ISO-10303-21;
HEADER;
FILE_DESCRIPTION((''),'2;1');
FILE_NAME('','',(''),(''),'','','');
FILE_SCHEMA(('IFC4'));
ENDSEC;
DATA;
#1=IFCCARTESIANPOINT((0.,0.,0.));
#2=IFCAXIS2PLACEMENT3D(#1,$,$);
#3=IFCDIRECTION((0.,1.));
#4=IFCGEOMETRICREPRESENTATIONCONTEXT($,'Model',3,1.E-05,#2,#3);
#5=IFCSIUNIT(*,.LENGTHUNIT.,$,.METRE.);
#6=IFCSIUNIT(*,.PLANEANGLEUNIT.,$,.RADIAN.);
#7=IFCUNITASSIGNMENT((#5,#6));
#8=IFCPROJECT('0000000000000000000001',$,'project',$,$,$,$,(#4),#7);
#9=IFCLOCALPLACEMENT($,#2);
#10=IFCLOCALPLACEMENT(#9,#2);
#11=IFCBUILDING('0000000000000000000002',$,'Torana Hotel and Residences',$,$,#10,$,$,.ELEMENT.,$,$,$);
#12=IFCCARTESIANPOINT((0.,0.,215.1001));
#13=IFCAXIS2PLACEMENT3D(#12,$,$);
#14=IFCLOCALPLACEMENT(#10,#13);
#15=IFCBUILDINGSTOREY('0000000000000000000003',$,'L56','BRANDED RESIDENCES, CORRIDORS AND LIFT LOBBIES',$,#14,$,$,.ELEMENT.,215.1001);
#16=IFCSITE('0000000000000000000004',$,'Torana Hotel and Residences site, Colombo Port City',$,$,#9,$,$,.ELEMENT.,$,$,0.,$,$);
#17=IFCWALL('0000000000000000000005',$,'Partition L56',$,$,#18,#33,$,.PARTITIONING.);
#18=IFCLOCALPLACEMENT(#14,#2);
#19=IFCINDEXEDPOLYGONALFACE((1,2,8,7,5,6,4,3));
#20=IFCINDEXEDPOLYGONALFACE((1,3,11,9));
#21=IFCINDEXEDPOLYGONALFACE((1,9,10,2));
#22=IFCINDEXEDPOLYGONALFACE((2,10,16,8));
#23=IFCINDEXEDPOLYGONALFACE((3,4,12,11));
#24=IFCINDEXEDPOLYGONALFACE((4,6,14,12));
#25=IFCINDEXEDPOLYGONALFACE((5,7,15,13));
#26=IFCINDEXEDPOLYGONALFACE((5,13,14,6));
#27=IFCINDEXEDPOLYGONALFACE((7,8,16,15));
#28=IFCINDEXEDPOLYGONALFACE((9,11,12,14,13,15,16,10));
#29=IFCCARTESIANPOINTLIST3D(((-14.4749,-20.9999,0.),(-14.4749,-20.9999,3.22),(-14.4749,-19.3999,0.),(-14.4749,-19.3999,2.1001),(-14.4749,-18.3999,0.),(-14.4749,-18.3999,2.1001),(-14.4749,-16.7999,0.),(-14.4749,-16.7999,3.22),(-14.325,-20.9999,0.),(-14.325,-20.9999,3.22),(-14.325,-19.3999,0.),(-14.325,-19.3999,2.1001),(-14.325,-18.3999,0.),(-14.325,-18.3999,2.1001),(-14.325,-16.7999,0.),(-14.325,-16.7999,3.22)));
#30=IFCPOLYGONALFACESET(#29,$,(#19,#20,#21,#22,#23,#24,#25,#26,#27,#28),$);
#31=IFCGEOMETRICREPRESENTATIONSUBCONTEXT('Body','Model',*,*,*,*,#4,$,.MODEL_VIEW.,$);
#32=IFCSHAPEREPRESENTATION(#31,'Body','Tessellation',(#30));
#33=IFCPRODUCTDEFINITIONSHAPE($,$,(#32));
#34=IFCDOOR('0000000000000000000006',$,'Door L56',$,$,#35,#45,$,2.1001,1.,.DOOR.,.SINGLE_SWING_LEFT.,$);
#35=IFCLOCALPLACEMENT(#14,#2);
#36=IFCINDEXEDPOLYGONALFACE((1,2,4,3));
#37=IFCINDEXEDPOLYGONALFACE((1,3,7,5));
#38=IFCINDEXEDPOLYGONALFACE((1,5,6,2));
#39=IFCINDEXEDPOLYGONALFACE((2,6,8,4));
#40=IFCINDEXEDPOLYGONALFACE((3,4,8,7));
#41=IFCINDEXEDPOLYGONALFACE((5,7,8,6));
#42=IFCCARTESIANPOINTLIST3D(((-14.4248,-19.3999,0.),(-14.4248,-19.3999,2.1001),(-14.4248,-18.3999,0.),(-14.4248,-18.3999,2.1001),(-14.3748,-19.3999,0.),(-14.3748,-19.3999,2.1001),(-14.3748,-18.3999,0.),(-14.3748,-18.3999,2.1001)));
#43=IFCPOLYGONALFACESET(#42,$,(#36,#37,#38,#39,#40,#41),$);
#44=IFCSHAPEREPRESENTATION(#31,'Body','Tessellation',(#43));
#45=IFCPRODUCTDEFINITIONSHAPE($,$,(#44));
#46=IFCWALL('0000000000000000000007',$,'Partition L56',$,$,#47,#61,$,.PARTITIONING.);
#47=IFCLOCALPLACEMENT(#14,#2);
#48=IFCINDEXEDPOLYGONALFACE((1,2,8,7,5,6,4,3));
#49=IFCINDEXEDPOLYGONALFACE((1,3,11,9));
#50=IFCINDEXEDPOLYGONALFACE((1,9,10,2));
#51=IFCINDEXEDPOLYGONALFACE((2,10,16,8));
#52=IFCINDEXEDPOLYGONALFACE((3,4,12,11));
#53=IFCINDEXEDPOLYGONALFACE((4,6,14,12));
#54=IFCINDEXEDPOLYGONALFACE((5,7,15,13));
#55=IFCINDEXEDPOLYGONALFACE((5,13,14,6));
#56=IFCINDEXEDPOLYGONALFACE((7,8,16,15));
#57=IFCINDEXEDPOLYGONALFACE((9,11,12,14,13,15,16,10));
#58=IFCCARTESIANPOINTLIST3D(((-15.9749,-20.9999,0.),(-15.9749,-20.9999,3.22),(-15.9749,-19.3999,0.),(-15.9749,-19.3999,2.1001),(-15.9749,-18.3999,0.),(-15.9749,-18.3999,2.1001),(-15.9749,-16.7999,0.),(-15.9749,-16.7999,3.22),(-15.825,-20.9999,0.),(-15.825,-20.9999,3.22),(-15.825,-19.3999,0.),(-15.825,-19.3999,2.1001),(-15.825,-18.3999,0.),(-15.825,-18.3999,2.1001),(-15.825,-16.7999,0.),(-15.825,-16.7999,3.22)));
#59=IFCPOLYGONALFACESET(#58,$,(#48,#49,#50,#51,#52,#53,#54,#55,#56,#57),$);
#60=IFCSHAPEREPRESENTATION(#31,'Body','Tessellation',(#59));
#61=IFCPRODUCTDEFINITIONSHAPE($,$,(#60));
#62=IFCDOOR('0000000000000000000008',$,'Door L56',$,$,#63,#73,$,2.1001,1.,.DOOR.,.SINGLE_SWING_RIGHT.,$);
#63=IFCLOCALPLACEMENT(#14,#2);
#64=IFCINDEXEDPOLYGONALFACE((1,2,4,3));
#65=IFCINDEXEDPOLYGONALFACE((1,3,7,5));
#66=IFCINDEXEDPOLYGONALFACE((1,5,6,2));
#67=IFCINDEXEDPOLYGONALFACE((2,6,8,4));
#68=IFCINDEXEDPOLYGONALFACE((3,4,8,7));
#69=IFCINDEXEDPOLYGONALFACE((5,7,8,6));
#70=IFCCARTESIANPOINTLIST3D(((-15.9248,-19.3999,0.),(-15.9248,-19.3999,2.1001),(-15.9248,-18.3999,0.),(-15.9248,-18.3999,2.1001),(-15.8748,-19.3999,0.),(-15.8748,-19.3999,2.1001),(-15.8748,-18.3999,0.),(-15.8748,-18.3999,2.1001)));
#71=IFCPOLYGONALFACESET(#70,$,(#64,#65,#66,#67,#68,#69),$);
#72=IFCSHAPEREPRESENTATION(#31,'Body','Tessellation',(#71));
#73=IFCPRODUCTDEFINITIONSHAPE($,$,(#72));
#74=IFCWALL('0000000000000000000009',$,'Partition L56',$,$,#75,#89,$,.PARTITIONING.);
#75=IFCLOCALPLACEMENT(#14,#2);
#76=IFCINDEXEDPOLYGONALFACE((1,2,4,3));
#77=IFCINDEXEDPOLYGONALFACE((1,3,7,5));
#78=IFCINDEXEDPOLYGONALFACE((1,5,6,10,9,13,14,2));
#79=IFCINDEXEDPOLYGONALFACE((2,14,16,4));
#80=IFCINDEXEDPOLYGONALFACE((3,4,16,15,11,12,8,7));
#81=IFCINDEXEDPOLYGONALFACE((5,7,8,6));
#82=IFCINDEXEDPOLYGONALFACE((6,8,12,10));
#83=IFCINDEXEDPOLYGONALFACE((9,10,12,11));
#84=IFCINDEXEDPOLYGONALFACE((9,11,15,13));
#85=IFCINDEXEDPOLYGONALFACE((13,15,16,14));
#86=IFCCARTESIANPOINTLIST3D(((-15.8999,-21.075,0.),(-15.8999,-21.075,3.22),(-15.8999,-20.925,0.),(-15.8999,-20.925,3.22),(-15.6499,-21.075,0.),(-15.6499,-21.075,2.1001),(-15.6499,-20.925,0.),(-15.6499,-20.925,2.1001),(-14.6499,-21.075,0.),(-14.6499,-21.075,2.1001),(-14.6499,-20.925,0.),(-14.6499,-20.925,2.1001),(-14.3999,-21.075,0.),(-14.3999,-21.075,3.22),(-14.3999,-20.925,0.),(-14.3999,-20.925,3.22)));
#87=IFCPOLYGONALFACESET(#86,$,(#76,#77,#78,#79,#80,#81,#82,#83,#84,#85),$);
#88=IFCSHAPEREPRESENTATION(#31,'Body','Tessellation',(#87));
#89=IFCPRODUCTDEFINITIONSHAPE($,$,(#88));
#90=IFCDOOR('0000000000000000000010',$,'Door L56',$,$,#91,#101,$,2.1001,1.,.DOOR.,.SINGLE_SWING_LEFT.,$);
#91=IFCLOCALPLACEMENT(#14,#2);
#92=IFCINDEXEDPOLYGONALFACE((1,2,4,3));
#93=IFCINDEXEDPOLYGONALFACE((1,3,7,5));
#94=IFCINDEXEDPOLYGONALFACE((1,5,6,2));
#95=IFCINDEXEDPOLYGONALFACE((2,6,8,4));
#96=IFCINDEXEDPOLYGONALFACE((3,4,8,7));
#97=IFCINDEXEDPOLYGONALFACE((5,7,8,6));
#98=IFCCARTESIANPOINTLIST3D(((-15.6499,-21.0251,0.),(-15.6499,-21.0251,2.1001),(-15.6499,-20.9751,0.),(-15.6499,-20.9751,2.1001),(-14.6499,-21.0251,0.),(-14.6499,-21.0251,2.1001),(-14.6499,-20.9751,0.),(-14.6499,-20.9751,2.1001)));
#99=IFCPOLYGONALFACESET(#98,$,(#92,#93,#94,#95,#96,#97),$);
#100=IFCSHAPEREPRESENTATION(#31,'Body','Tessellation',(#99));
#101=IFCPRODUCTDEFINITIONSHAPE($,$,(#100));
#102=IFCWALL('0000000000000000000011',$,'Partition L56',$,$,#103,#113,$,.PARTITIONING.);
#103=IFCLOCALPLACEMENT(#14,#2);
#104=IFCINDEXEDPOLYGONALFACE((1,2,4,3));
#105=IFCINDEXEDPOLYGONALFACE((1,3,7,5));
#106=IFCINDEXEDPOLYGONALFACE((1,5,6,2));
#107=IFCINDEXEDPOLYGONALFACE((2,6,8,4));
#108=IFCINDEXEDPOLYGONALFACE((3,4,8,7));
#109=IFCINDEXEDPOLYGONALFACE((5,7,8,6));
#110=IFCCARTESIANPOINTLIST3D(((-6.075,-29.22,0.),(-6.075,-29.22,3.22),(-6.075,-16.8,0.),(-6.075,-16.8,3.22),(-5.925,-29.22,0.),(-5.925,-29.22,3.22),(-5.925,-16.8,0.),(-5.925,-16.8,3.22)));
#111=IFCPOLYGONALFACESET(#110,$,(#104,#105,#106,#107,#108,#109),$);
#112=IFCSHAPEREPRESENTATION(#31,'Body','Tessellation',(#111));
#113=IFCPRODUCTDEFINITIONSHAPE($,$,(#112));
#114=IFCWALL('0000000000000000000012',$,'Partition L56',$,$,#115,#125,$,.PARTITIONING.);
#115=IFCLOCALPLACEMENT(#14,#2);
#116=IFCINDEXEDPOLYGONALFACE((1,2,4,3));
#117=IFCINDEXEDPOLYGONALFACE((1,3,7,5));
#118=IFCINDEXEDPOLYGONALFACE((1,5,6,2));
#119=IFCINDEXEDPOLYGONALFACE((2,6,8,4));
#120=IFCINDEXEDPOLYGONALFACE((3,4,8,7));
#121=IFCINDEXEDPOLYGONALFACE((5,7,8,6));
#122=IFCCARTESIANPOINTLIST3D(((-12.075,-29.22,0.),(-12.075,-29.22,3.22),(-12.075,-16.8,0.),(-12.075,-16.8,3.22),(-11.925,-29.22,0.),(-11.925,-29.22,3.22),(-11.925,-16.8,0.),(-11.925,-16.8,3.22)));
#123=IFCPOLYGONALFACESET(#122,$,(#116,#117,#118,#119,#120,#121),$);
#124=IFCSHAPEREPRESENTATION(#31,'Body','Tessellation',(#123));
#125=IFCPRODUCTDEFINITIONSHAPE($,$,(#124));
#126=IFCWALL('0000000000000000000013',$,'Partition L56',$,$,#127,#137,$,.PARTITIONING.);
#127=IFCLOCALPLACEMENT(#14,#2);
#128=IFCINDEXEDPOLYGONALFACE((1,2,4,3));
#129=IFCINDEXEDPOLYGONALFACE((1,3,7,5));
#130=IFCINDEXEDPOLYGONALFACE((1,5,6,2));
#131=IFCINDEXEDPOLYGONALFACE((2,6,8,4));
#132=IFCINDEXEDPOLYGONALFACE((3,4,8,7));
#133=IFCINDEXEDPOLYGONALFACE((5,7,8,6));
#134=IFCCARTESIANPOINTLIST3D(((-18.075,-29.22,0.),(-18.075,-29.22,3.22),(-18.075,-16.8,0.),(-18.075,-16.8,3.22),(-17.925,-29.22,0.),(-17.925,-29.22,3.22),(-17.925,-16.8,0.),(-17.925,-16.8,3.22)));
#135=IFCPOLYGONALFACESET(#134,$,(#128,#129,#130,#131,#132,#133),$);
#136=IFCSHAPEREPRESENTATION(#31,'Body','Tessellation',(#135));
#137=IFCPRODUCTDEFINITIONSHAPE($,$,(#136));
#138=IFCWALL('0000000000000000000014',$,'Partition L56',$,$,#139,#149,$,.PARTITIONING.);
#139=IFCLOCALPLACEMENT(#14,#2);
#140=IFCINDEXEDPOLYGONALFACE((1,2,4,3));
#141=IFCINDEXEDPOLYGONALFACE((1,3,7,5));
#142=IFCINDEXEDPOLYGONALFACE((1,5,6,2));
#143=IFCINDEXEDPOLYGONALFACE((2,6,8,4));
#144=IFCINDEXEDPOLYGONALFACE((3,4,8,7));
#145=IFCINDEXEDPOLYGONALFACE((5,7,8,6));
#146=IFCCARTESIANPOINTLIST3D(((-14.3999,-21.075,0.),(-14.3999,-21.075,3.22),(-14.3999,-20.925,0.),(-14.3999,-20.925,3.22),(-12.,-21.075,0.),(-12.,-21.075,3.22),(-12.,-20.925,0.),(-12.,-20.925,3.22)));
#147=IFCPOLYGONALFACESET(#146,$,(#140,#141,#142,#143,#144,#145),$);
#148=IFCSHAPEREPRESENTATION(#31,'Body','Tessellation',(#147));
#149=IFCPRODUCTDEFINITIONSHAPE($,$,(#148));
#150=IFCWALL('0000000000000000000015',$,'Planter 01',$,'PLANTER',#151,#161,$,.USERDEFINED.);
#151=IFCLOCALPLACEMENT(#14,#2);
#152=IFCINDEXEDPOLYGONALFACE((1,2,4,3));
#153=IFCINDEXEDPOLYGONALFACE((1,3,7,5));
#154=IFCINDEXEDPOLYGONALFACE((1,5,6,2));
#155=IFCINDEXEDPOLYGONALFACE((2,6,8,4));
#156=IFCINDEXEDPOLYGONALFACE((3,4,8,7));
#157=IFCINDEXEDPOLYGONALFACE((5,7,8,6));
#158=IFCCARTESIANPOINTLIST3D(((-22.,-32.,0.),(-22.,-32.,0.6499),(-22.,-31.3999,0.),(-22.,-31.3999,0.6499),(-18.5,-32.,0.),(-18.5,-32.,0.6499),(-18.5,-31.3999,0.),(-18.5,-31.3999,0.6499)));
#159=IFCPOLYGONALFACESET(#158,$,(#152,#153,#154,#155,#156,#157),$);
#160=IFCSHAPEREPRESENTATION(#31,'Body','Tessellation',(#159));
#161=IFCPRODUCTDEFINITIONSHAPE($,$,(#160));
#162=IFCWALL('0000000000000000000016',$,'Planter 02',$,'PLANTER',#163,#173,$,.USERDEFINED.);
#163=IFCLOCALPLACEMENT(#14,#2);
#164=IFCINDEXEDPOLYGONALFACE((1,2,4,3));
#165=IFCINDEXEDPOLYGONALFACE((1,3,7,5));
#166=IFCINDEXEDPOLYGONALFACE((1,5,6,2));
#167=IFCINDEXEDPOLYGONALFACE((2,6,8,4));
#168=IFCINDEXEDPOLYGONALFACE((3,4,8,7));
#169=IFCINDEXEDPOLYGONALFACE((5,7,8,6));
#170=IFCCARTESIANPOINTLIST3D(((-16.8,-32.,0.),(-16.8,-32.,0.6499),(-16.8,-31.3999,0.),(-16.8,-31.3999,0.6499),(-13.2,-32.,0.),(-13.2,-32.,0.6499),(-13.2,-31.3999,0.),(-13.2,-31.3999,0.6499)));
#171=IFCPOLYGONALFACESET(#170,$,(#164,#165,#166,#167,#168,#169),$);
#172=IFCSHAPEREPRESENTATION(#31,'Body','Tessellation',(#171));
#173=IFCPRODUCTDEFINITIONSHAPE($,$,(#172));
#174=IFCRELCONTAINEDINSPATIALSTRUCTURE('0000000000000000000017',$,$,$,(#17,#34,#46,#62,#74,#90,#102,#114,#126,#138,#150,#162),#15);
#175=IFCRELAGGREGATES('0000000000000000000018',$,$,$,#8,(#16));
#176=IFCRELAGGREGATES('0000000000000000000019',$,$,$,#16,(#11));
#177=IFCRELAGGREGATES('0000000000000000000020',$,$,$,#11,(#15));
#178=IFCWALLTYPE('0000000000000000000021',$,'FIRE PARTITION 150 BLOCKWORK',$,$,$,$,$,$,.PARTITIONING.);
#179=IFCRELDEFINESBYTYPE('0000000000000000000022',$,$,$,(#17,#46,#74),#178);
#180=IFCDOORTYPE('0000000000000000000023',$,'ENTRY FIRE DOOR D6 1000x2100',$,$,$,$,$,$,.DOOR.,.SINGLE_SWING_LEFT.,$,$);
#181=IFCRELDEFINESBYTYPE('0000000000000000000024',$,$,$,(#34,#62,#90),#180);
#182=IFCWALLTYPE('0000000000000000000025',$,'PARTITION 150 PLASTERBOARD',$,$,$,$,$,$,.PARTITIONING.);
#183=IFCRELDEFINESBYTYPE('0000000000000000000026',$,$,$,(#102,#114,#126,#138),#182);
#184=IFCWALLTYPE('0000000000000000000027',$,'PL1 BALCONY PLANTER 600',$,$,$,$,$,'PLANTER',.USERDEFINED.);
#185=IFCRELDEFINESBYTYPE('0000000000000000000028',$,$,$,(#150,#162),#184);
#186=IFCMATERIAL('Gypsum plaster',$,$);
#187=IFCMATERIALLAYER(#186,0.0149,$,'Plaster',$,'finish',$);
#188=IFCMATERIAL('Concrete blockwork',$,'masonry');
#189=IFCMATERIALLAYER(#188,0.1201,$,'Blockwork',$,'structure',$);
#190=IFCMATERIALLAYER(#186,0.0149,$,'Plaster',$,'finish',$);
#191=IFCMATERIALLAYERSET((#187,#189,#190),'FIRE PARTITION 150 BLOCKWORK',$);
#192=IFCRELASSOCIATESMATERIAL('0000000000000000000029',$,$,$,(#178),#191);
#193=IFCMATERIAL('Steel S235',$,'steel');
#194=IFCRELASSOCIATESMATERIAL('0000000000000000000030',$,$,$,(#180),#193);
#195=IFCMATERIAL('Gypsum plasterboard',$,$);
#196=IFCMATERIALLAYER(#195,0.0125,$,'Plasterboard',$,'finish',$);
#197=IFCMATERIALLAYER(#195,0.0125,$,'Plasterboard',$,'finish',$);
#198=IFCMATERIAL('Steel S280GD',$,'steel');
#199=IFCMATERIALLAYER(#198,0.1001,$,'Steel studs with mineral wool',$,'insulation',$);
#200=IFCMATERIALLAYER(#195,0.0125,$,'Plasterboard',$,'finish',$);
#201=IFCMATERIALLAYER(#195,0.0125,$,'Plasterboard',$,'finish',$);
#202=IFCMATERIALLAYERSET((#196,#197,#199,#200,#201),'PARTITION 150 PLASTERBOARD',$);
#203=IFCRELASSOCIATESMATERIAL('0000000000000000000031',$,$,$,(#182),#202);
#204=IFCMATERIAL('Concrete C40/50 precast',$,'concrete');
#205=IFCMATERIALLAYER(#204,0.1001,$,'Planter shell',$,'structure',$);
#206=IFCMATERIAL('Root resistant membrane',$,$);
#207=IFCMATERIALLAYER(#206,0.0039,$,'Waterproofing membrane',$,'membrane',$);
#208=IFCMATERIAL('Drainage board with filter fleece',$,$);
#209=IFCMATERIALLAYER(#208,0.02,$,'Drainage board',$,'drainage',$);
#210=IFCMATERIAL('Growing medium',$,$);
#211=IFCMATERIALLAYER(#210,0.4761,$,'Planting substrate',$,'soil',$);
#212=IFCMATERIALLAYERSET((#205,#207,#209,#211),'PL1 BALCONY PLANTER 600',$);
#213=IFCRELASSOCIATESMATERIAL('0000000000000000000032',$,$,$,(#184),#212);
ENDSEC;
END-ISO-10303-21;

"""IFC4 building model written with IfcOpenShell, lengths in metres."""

from ifc_helpers import new_model, si_unit, direction, frame, frame_2d, origin, place, context, subcontext, project, spatial, rectangle, extrude, material, layer, layer_set, type_object, element, fill, save


model = new_model("IFC4")

# Units and contexts
model_context = context("Model", 3, precision=1e-05, world=origin(), true_north=direction((0.0, 1.0)))
body_context = subcontext(model_context, "Body", "Model", "MODEL_VIEW")
ifc_project = project(units=[si_unit("LENGTHUNIT", "METRE"), si_unit("PLANEANGLEUNIT", "RADIAN")], contexts=[model_context])

# Site, building, storey
site_placement = place(None, origin())
site = spatial("IfcSite", under=ifc_project, at=site_placement, Name="Torana Hotel and Residences site, Colombo Port City", CompositionType="ELEMENT", RefElevation=0.0)
building_placement = place(site_placement, origin())
building = spatial("IfcBuilding", under=site, at=building_placement, Name="Torana Hotel and Residences", CompositionType="ELEMENT")
storey_placement = place(building_placement, frame((0.0, 0.0, 215.1001)))
storey = spatial("IfcBuildingStorey", under=building, at=storey_placement, Name="L56", Description="BRANDED RESIDENCES, CORRIDORS AND LIFT LOBBIES", CompositionType="ELEMENT", Elevation=215.1001)

# Walls, openings, doors
ifc_material_1 = material(Name="Gypsum plaster")
ifc_layer_1 = layer(ifc_material_1, 0.0149, Name="Plaster", Category="finish")
ifc_material_2 = material(Name="Concrete blockwork", Category="masonry")
ifc_layer_2 = layer(ifc_material_2, 0.1201, Name="Blockwork", Category="structure")
ifc_layer_3 = layer(ifc_material_1, 0.0149, Name="Plaster", Category="finish")
ifc_layer_set_1 = layer_set([ifc_layer_1, ifc_layer_2, ifc_layer_3], Name="FIRE PARTITION 150 BLOCKWORK")
wall_type_1 = type_object("IfcWallType", Name="FIRE PARTITION 150 BLOCKWORK", PredefinedType="PARTITIONING", material=ifc_layer_set_1)
ifc_material_3 = material(Name="Steel S235", Category="steel")
door_type = type_object("IfcDoorType", Name="ENTRY FIRE DOOR D6 1000x2100", OperationType="SINGLE_SWING_LEFT", PredefinedType="DOOR", material=ifc_material_3)
wall_1_placement = place(storey_placement, frame((-14.3999, -21.0, 0.0), z_axis=(0.0, 0.0, 1.0), x_axis=(0.0, 1.0, 0.0)))
wall_1 = element("IfcWall", 1, at=wall_1_placement, inside=storey, type_object=wall_type_1, Name="Partition L56", PredefinedType="PARTITIONING", context=body_context, shape_type="SweptSolid", body=[
    extrude(rectangle(XDim=4.2, YDim=0.1499, at=frame_2d((2.1001, 0.0))), origin(), (0.0, 0.0, 1.0), 3.22),
])
opening_1_placement = place(wall_1_placement, frame((1.6001, 0.0, 0.0)))
opening_1 = element("IfcOpeningElement", 2, at=opening_1_placement, cuts=wall_1, PredefinedType="OPENING", context=body_context, shape_type="SweptSolid", body=[
    extrude(rectangle(XDim=1.0, YDim=2.1001, at=frame_2d((0.5, 1.05))), frame((0.0, 0.085, 0.0), z_axis=(0.0, -1.0, 0.0), x_axis=(1.0, 0.0, 0.0)), (0.0, 0.0, 1.0), 0.1699),
])
door_1_placement = place(opening_1_placement, frame((0.5, 0.0, 0.0), z_axis=(0.0, 0.0, 1.0), x_axis=(-1.0, 0.0, 0.0)))
door_1 = element("IfcDoor", 3, at=door_1_placement, inside=storey, type_object=door_type, Name="Door L56", OperationType="SINGLE_SWING_LEFT", OverallHeight=2.1001, OverallWidth=1.0, PredefinedType="DOOR", context=body_context, shape_type="SweptSolid", body=[
    extrude(rectangle(XDim=1.0, YDim=2.1001, at=frame_2d((0.0, 1.05))), frame((0.0, -0.0249, 0.0), z_axis=(0.0, 1.0, 0.0), x_axis=(-1.0, 0.0, 0.0)), (0.0, 0.0, 1.0), 0.05),
])
fill(opening_1, door_1)
wall_2_placement = place(storey_placement, frame((-15.8999, -21.0, 0.0), z_axis=(0.0, 0.0, 1.0), x_axis=(0.0, 1.0, 0.0)))
wall_2 = element("IfcWall", 4, at=wall_2_placement, inside=storey, type_object=wall_type_1, Name="Partition L56", PredefinedType="PARTITIONING", context=body_context, shape_type="SweptSolid", body=[
    extrude(rectangle(XDim=4.2, YDim=0.1499, at=frame_2d((2.1001, 0.0))), origin(), (0.0, 0.0, 1.0), 3.22),
])
opening_2_placement = place(wall_2_placement, frame((1.6001, 0.0, 0.0)))
opening_2 = element("IfcOpeningElement", 5, at=opening_2_placement, cuts=wall_2, PredefinedType="OPENING", context=body_context, shape_type="SweptSolid", body=[
    extrude(rectangle(XDim=1.0, YDim=2.1001, at=frame_2d((0.5, 1.05))), frame((0.0, 0.085, 0.0), z_axis=(0.0, -1.0, 0.0), x_axis=(1.0, 0.0, 0.0)), (0.0, 0.0, 1.0), 0.1699),
])
door_2_placement = place(opening_2_placement, origin())
door_2 = element("IfcDoor", 6, at=door_2_placement, inside=storey, type_object=door_type, Name="Door L56", OperationType="SINGLE_SWING_RIGHT", OverallHeight=2.1001, OverallWidth=1.0, PredefinedType="DOOR", context=body_context, shape_type="SweptSolid", body=[
    extrude(rectangle(XDim=1.0, YDim=2.1001, at=frame_2d((0.5, 1.05))), frame((0.0, 0.0249, 0.0), z_axis=(0.0, -1.0, 0.0), x_axis=(1.0, 0.0, 0.0)), (0.0, 0.0, 1.0), 0.05),
])
fill(opening_2, door_2)
wall_3_placement = place(storey_placement, frame((-15.8999, -21.0, 0.0), z_axis=(0.0, 0.0, 1.0), x_axis=(1.0, 0.0, 0.0)))
wall_3 = element("IfcWall", 7, at=wall_3_placement, inside=storey, type_object=wall_type_1, Name="Partition L56", PredefinedType="PARTITIONING", context=body_context, shape_type="SweptSolid", body=[
    extrude(rectangle(XDim=1.5, YDim=0.1499, at=frame_2d((0.75, 0.0))), origin(), (0.0, 0.0, 1.0), 3.22),
])
opening_3_placement = place(wall_3_placement, frame((0.25, 0.0, 0.0)))
opening_3 = element("IfcOpeningElement", 8, at=opening_3_placement, cuts=wall_3, PredefinedType="OPENING", context=body_context, shape_type="SweptSolid", body=[
    extrude(rectangle(XDim=1.0, YDim=2.1001, at=frame_2d((0.5, 1.05))), frame((0.0, 0.085, 0.0), z_axis=(0.0, -1.0, 0.0), x_axis=(1.0, 0.0, 0.0)), (0.0, 0.0, 1.0), 0.1699),
])
door_3_placement = place(opening_3_placement, frame((0.5, 0.0, 0.0), z_axis=(0.0, 0.0, 1.0), x_axis=(-1.0, 0.0, 0.0)))
door_3 = element("IfcDoor", 9, at=door_3_placement, inside=storey, type_object=door_type, Name="Door L56", OperationType="SINGLE_SWING_LEFT", OverallHeight=2.1001, OverallWidth=1.0, PredefinedType="DOOR", context=body_context, shape_type="SweptSolid", body=[
    extrude(rectangle(XDim=1.0, YDim=2.1001, at=frame_2d((0.0, 1.05))), frame((0.0, -0.0249, 0.0), z_axis=(0.0, 1.0, 0.0), x_axis=(-1.0, 0.0, 0.0)), (0.0, 0.0, 1.0), 0.05),
])
fill(opening_3, door_3)

# Walls
ifc_material_4 = material(Name="Gypsum plasterboard")
ifc_layer_4 = layer(ifc_material_4, 0.0125, Name="Plasterboard", Category="finish")
ifc_layer_5 = layer(ifc_material_4, 0.0125, Name="Plasterboard", Category="finish")
ifc_material_5 = material(Name="Steel S280GD", Category="steel")
ifc_layer_6 = layer(ifc_material_5, 0.1001, Name="Steel studs with mineral wool", Category="insulation")
ifc_layer_7 = layer(ifc_material_4, 0.0125, Name="Plasterboard", Category="finish")
ifc_layer_8 = layer(ifc_material_4, 0.0125, Name="Plasterboard", Category="finish")
ifc_layer_set_2 = layer_set([ifc_layer_4, ifc_layer_5, ifc_layer_6, ifc_layer_7, ifc_layer_8], Name="PARTITION 150 PLASTERBOARD")
wall_type_2 = type_object("IfcWallType", Name="PARTITION 150 PLASTERBOARD", PredefinedType="PARTITIONING", material=ifc_layer_set_2)
for number, where, z_axis, x_axis, name in (
    (10, (-6.0, -29.22, 0.0), (0.0, 0.0, 1.0), (0.0, 1.0, 0.0), "Partition L56"),
    (11, (-12.0, -29.22, 0.0), (0.0, 0.0, 1.0), (0.0, 1.0, 0.0), "Partition L56"),
    (12, (-18.0, -29.22, 0.0), (0.0, 0.0, 1.0), (0.0, 1.0, 0.0), "Partition L56"),
):
    element("IfcWall", number, at=place(storey_placement, frame(where, z_axis=z_axis, x_axis=x_axis)), inside=storey, type_object=wall_type_2, Name=name, PredefinedType="PARTITIONING", context=body_context, shape_type="SweptSolid", body=[
        extrude(rectangle(XDim=12.4199, YDim=0.1499, at=frame_2d((6.21, 0.0))), origin(), (0.0, 0.0, 1.0), 3.22),
    ])
wall_4_placement = place(storey_placement, frame((-14.3999, -21.0, 0.0), z_axis=(0.0, 0.0, 1.0), x_axis=(1.0, 0.0, 0.0)))
element("IfcWall", 13, at=wall_4_placement, inside=storey, type_object=wall_type_2, Name="Partition L56", PredefinedType="PARTITIONING", context=body_context, shape_type="SweptSolid", body=[
    extrude(rectangle(XDim=2.3999, YDim=0.1499, at=frame_2d((1.2, 0.0))), origin(), (0.0, 0.0, 1.0), 3.22),
])
ifc_material_6 = material(Name="Concrete C40/50 precast", Category="concrete")
ifc_layer_9 = layer(ifc_material_6, 0.1001, Name="Planter shell", Category="structure")
ifc_material_7 = material(Name="Root resistant membrane")
ifc_layer_10 = layer(ifc_material_7, 0.0039, Name="Waterproofing membrane", Category="membrane")
ifc_material_8 = material(Name="Drainage board with filter fleece")
ifc_layer_11 = layer(ifc_material_8, 0.02, Name="Drainage board", Category="drainage")
ifc_material_9 = material(Name="Growing medium")
ifc_layer_12 = layer(ifc_material_9, 0.4761, Name="Planting substrate", Category="soil")
ifc_layer_set_3 = layer_set([ifc_layer_9, ifc_layer_10, ifc_layer_11, ifc_layer_12], Name="PL1 BALCONY PLANTER 600")
wall_type_3 = type_object("IfcWallType", Name="PL1 BALCONY PLANTER 600", ElementType="PLANTER", PredefinedType="USERDEFINED", material=ifc_layer_set_3)
wall_5_placement = place(storey_placement, frame((-18.5, -31.7, 0.0), z_axis=(0.0, 0.0, 1.0), x_axis=(-1.0, 0.0, 0.0)))
element("IfcWall", 14, at=wall_5_placement, inside=storey, type_object=wall_type_3, Name="Planter 01", ObjectType="PLANTER", PredefinedType="USERDEFINED", context=body_context, shape_type="SweptSolid", body=[
    extrude(rectangle(XDim=3.5, YDim=0.6001, at=frame_2d((1.75, 0.0))), origin(), (0.0, 0.0, 1.0), 0.6499),
])
for number, where, z_axis, x_axis, name in (
    (15, (-13.2, -31.7, 0.0), (0.0, 0.0, 1.0), (-1.0, 0.0, 0.0), "Planter 02"),
):
    element("IfcWall", number, at=place(storey_placement, frame(where, z_axis=z_axis, x_axis=x_axis)), inside=storey, type_object=wall_type_3, Name=name, ObjectType="PLANTER", PredefinedType="USERDEFINED", context=body_context, shape_type="SweptSolid", body=[
        extrude(rectangle(XDim=3.6001, YDim=0.6001, at=frame_2d((1.8, 0.0))), origin(), (0.0, 0.0, 1.0), 0.6499),
    ])

save(model, "model.ifc")
